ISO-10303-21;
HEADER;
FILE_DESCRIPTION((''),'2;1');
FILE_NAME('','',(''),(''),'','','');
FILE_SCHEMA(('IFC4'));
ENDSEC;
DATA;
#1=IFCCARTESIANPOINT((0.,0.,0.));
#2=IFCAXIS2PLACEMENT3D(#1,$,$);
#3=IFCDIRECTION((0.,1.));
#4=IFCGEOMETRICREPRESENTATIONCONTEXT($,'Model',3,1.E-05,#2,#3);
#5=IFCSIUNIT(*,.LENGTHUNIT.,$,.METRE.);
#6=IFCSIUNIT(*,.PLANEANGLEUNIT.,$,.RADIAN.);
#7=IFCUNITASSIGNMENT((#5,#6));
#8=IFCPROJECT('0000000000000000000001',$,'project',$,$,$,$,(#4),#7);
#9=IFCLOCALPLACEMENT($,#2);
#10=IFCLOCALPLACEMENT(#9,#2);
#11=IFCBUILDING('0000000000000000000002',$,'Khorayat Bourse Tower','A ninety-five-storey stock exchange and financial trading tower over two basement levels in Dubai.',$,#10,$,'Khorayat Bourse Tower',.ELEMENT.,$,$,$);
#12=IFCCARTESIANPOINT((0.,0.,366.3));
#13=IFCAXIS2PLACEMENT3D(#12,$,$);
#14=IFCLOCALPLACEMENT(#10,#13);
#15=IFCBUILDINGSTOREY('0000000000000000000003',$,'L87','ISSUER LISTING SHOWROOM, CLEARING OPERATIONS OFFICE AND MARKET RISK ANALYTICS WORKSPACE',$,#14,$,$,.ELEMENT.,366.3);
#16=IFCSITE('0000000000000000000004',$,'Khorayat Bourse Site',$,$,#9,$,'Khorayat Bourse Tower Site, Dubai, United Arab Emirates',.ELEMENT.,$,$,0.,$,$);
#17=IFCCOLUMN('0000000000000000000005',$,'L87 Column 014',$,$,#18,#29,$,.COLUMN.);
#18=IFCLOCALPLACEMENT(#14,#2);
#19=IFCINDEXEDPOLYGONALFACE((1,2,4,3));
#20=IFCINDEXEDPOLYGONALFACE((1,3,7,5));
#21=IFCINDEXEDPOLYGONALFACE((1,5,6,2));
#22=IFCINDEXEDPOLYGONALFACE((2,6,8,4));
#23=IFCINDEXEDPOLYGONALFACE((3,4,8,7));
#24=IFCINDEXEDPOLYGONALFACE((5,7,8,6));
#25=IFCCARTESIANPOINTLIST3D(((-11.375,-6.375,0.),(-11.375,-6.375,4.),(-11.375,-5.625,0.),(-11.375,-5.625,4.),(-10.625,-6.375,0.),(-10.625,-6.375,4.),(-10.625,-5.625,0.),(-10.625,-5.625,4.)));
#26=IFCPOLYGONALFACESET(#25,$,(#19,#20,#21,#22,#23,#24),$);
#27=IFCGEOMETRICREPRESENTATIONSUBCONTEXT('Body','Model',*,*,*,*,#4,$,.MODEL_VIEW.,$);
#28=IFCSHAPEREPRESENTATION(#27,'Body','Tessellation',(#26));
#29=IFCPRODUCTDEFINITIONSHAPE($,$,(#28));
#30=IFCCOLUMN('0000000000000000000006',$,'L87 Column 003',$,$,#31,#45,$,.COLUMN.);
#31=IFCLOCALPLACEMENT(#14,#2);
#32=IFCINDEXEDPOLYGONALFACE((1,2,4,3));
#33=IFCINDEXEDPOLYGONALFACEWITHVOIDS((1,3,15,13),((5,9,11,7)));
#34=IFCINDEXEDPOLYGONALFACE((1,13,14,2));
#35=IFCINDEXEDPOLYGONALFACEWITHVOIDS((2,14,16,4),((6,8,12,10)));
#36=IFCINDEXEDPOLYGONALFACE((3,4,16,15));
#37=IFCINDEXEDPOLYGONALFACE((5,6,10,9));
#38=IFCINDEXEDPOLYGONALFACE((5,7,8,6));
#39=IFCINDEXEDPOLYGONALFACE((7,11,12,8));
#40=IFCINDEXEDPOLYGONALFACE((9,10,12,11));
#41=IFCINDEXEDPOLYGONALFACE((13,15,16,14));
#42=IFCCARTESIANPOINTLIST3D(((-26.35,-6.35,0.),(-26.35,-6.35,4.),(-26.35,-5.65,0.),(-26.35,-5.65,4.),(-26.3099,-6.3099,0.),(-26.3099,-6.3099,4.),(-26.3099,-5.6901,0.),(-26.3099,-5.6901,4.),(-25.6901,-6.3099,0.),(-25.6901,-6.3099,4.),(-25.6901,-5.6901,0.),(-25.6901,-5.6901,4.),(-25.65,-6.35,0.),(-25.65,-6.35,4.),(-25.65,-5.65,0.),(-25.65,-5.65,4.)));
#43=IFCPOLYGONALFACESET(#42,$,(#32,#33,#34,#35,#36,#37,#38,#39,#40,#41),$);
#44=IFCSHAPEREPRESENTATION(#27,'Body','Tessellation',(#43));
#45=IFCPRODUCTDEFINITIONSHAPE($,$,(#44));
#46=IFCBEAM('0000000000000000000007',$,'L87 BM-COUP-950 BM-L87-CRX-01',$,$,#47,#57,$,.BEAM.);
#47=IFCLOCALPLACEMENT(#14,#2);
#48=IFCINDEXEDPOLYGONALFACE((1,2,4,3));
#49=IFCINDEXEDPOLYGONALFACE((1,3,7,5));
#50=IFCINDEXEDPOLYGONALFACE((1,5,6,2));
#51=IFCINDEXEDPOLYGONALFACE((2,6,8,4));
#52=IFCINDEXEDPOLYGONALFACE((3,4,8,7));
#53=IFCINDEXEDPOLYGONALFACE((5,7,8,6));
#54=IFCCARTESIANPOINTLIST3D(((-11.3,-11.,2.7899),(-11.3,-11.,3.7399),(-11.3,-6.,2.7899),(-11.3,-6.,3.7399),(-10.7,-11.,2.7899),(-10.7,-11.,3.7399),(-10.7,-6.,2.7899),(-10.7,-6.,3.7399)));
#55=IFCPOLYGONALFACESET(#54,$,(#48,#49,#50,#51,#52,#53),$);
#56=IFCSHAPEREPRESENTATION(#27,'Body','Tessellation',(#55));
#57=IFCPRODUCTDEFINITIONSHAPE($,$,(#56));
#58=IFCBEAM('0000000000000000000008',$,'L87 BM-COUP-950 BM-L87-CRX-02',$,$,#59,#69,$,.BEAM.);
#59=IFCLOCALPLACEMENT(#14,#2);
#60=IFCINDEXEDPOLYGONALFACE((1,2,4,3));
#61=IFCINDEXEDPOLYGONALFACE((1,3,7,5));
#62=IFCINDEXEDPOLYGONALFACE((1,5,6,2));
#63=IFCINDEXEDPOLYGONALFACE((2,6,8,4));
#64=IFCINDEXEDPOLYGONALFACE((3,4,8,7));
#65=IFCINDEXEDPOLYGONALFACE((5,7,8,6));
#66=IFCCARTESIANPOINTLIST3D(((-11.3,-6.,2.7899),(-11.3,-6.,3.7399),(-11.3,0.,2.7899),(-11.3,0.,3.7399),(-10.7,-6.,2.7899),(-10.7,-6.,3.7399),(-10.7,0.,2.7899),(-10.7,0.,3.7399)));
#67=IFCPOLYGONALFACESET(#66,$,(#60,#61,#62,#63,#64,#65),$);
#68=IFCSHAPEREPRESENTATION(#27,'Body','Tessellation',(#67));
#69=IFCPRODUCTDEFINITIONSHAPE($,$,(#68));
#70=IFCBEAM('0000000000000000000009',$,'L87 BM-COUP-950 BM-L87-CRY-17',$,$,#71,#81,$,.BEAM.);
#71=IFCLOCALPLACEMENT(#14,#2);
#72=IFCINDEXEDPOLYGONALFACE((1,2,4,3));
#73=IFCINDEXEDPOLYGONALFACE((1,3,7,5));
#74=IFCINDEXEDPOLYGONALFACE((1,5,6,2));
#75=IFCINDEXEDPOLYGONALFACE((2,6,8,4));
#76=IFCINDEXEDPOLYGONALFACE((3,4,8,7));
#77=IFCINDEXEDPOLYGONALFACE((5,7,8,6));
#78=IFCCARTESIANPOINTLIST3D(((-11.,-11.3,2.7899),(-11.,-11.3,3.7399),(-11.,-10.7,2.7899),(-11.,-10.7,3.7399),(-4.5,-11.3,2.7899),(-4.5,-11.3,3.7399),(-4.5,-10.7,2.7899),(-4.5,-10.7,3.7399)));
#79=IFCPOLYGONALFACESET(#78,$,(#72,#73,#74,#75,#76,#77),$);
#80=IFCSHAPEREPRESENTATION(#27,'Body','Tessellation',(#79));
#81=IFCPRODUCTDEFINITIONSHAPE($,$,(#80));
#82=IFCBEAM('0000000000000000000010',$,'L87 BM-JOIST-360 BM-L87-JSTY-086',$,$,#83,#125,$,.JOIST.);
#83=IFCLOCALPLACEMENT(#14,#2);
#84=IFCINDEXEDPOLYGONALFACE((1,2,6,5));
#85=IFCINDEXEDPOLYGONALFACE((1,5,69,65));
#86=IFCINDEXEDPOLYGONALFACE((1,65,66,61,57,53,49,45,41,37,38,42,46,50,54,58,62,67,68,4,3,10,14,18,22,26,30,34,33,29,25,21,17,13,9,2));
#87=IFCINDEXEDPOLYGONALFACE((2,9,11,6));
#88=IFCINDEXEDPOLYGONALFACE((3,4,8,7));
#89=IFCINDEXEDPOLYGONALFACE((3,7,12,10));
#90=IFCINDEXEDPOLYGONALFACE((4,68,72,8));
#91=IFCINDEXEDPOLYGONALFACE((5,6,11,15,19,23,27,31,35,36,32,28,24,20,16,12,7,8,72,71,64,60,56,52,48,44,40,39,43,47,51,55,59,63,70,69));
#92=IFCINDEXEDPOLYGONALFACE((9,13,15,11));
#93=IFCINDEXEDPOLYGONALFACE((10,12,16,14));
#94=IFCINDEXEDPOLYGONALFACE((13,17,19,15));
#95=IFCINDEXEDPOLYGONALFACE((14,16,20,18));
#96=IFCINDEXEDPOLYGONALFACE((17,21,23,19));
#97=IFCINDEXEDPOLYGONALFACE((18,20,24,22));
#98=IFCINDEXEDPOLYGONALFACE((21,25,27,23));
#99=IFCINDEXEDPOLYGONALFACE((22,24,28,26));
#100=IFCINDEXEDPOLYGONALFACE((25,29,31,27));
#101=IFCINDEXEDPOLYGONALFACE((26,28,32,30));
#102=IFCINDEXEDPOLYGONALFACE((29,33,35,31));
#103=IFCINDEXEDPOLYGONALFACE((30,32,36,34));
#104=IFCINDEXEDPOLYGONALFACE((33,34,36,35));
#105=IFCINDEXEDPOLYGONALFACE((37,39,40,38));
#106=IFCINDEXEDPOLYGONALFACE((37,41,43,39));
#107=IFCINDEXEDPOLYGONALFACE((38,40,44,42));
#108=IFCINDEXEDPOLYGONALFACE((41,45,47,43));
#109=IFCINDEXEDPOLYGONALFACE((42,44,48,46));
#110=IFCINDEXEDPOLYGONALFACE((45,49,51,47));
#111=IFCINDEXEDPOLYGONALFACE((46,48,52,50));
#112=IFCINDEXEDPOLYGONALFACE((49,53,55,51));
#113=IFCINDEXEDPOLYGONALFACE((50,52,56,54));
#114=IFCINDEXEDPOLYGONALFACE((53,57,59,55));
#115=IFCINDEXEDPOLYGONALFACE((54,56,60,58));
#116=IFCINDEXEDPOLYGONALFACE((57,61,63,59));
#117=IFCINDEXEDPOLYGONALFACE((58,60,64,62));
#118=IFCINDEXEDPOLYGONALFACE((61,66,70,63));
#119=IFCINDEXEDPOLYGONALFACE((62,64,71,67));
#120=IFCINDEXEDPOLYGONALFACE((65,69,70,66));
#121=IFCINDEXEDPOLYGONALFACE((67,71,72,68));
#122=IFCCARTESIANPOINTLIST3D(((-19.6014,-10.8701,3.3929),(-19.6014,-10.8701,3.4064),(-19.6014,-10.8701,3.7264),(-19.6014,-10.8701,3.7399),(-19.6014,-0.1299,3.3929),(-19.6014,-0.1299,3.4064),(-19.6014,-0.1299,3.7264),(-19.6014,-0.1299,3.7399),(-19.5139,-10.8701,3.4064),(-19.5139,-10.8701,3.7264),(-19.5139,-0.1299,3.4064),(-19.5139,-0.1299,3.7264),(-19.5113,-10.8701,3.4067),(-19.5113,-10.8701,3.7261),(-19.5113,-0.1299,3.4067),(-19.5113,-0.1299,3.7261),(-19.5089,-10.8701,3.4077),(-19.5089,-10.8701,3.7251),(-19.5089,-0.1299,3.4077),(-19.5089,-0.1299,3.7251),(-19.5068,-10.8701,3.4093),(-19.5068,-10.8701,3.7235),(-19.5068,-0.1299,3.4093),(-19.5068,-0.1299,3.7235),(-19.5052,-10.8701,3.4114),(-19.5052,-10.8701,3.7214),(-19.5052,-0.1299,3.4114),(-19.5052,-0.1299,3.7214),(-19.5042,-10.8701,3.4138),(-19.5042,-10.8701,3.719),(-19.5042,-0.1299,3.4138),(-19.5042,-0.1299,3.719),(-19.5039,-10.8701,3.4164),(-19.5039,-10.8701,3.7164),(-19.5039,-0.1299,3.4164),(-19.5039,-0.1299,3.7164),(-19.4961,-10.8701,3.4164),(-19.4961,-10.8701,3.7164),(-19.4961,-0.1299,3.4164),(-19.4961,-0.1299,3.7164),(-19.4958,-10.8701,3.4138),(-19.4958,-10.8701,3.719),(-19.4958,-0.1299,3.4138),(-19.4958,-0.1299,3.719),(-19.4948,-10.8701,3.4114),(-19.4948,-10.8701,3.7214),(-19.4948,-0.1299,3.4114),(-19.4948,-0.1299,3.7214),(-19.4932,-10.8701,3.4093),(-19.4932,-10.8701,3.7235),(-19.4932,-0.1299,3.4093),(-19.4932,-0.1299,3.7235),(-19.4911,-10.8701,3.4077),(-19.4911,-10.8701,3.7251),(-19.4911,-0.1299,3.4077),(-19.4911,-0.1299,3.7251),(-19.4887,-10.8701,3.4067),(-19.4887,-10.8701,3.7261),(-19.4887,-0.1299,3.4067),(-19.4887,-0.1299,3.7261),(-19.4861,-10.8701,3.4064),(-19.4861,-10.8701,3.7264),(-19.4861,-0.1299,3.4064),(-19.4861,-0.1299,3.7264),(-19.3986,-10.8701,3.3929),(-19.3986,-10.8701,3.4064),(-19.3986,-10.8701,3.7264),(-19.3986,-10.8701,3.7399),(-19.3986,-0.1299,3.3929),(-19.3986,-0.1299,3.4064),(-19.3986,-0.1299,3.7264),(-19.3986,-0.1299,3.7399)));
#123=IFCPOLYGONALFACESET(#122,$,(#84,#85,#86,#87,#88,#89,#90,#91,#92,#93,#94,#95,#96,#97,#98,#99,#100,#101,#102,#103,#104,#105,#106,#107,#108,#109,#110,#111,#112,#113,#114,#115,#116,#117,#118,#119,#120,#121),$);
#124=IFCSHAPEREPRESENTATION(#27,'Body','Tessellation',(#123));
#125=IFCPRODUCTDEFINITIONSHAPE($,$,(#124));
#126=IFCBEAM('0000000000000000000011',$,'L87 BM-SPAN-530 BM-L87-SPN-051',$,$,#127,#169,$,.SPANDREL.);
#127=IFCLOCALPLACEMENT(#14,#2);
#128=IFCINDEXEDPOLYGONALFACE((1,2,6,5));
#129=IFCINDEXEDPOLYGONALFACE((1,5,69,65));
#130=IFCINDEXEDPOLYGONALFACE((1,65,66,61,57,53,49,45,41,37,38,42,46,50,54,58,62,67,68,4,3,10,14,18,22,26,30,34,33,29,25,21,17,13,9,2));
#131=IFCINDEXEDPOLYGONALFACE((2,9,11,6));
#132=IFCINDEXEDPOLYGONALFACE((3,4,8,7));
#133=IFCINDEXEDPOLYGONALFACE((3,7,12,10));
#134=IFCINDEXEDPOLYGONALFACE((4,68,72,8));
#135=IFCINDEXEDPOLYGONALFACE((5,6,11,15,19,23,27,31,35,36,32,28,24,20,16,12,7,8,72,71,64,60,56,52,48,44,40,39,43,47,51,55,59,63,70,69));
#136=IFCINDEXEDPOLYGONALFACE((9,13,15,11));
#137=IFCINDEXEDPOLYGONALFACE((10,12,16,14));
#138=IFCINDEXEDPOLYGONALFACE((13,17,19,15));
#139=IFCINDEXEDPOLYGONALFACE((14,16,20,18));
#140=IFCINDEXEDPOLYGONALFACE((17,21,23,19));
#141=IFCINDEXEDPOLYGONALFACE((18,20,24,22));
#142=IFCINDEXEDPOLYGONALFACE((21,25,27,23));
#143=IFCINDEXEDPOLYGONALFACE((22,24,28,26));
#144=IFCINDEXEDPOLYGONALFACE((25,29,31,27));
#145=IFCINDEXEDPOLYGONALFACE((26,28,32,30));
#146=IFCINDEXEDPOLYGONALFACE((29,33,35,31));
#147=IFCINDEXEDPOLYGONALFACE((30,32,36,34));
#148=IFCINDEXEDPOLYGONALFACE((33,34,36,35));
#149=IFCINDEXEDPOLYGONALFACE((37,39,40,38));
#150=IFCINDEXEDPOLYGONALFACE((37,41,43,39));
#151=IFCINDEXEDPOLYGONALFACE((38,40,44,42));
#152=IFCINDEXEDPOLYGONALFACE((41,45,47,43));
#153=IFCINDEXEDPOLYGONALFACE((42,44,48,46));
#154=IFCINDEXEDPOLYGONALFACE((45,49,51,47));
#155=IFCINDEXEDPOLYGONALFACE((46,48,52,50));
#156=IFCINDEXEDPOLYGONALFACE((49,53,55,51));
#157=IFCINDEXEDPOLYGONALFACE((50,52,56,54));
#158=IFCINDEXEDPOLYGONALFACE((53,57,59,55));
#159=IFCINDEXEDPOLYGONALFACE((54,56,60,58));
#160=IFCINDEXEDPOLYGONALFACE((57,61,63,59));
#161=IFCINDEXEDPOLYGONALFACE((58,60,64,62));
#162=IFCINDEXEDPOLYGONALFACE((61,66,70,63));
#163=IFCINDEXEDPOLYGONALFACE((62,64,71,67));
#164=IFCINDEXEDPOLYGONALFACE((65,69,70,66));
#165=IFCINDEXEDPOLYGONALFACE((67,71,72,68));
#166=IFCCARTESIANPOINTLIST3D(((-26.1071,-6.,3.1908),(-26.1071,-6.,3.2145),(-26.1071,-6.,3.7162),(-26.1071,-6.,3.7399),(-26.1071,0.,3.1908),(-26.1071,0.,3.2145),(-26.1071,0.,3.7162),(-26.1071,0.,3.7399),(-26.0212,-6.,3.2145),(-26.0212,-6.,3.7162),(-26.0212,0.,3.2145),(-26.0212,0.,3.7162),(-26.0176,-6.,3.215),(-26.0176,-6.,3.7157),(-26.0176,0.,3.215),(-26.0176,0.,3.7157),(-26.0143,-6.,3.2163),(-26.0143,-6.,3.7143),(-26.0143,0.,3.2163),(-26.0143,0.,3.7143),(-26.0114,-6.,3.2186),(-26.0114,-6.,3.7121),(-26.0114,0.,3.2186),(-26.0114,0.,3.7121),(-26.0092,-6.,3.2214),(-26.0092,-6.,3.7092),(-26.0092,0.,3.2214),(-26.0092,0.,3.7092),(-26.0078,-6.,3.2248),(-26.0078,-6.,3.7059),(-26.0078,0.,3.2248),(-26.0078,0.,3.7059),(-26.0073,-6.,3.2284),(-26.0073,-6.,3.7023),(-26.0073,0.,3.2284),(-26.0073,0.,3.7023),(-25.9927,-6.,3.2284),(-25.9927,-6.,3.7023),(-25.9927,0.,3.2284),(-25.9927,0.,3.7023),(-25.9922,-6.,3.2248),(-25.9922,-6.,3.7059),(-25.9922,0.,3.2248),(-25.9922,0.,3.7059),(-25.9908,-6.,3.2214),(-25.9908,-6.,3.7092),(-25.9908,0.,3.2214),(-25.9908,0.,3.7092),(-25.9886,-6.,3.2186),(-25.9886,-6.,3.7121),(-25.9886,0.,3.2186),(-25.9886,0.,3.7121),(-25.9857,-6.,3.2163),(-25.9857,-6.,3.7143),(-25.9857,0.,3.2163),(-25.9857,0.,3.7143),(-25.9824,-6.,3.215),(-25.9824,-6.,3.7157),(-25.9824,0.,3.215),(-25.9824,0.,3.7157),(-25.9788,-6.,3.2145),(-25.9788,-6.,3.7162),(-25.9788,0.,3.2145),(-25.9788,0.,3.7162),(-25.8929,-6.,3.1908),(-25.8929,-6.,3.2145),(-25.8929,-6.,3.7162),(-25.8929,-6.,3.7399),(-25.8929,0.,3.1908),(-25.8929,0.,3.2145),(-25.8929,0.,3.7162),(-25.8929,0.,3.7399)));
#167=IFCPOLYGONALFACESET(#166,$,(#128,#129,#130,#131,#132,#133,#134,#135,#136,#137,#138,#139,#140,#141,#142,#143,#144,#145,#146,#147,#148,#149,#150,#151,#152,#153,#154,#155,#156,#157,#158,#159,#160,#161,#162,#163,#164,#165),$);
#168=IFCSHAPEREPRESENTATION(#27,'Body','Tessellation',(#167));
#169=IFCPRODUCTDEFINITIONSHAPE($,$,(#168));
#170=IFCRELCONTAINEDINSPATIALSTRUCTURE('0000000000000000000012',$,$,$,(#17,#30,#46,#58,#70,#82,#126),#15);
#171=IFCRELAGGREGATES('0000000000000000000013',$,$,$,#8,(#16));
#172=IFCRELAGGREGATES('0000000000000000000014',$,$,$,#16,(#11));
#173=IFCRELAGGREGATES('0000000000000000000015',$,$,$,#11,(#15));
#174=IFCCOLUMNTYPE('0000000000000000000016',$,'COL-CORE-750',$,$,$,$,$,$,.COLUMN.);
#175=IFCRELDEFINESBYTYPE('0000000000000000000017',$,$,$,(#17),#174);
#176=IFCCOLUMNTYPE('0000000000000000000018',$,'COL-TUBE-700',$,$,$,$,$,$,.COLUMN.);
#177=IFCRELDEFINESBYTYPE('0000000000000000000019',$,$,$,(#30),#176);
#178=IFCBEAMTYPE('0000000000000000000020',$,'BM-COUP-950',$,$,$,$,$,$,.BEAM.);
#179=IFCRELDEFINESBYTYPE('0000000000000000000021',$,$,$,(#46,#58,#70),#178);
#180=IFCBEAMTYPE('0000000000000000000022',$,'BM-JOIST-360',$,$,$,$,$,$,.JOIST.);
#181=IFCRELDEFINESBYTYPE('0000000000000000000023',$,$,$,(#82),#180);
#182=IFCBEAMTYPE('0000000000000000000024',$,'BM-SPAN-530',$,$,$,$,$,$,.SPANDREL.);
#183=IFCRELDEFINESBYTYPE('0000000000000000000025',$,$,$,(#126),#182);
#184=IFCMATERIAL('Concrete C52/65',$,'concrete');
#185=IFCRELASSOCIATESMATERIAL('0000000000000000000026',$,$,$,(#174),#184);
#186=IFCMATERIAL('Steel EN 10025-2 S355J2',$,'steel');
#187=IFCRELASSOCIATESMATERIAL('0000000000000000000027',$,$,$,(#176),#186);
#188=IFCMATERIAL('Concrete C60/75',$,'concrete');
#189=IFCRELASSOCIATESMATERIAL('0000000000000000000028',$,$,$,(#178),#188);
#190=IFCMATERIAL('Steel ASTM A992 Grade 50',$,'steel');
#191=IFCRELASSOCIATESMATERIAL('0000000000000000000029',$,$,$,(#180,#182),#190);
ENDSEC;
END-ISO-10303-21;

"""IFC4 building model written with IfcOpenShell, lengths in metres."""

from ifc_helpers import new_model, si_unit, direction, frame, origin, origin_2d, place, context, subcontext, project, spatial, rectangle, hollow_rectangle, i_section, extrude, source, transform, mapped, material, material_profile, profile_set, type_object, element, save


model = new_model("IFC4")

# Units and contexts
model_context = context("Model", 3, precision=1e-05, world=origin(), true_north=direction((0.0, 1.0)))
body_context = subcontext(model_context, "Body", "Model", "MODEL_VIEW")
ifc_project = project(units=[si_unit("LENGTHUNIT", "METRE"), si_unit("PLANEANGLEUNIT", "RADIAN")], contexts=[model_context])

# Site, building, storey
site_placement = place(None, origin())
site = spatial("IfcSite", under=ifc_project, at=site_placement, Name="Khorayat Bourse Site", LongName="Khorayat Bourse Tower Site, Dubai, United Arab Emirates", CompositionType="ELEMENT", RefElevation=0.0)
building_placement = place(site_placement, origin())
building = spatial("IfcBuilding", under=site, at=building_placement, Name="Khorayat Bourse Tower", Description="A ninety-five-storey stock exchange and financial trading tower over two basement levels in Dubai.", LongName="Khorayat Bourse Tower", CompositionType="ELEMENT")
storey_placement = place(building_placement, frame((0.0, 0.0, 366.3)))
storey = spatial("IfcBuildingStorey", under=building, at=storey_placement, Name="L87", Description="ISSUER LISTING SHOWROOM, CLEARING OPERATIONS OFFICE AND MARKET RISK ANALYTICS WORKSPACE", CompositionType="ELEMENT", Elevation=366.3)

# Columns
ifc_material_1 = material(Name="Concrete C52/65", Category="concrete")
ifc_material_profile_1 = material_profile(ifc_material_1, rectangle(XDim=0.75, YDim=0.75, at=origin_2d()), Name="RC 750x750")
ifc_profile_set_1 = profile_set([ifc_material_profile_1], Name="Concrete C52/65")
column_type_1 = type_object("IfcColumnType", Name="COL-CORE-750", PredefinedType="COLUMN", material=ifc_profile_set_1)
shared_shape_1 = source(origin(), body_context, "Body", "SweptSolid", [
    extrude(rectangle(XDim=0.75, YDim=0.75, at=origin_2d()), origin(), (0.0, 0.0, 1.0), 4.0),
])
column_1_placement = place(storey_placement, frame((-11.0, -6.0, 0.0), z_axis=(0.0, 0.0, 1.0), x_axis=(1.0, 0.0, 0.0)))
element("IfcColumn", 1, at=column_1_placement, inside=storey, type_object=column_type_1, Name="L87 Column 014", PredefinedType="COLUMN", context=body_context, shape_type="MappedRepresentation", body=[
    mapped(shared_shape_1, transform((0.0, 0.0, 0.0), scale=1.0)),
])
ifc_material_2 = material(Name="Steel EN 10025-2 S355J2", Category="steel")
ifc_material_profile_2 = material_profile(ifc_material_2, hollow_rectangle(XDim=0.7, YDim=0.7, WallThickness=0.04, at=origin_2d()), Name="BOX 700x700x40")
ifc_profile_set_2 = profile_set([ifc_material_profile_2], Name="Steel EN 10025-2 S355J2")
column_type_2 = type_object("IfcColumnType", Name="COL-TUBE-700", PredefinedType="COLUMN", material=ifc_profile_set_2)
shared_shape_2 = source(origin(), body_context, "Body", "SweptSolid", [
    extrude(hollow_rectangle(XDim=0.7, YDim=0.7, WallThickness=0.04, at=origin_2d()), origin(), (0.0, 0.0, 1.0), 4.0),
])
column_2_placement = place(storey_placement, frame((-26.0, -6.0, 0.0), z_axis=(0.0, 0.0, 1.0), x_axis=(1.0, 0.0, 0.0)))
element("IfcColumn", 2, at=column_2_placement, inside=storey, type_object=column_type_2, Name="L87 Column 003", PredefinedType="COLUMN", context=body_context, shape_type="MappedRepresentation", body=[
    mapped(shared_shape_2, transform((0.0, 0.0, 0.0), scale=1.0)),
])

# Beams
ifc_material_3 = material(Name="Concrete C60/75", Category="concrete")
ifc_material_profile_3 = material_profile(ifc_material_3, rectangle(XDim=0.6001, YDim=0.95, at=origin_2d()), Name="RC 600x950")
ifc_profile_set_3 = profile_set([ifc_material_profile_3], Name="Concrete C60/75")
beam_type_1 = type_object("IfcBeamType", Name="BM-COUP-950", PredefinedType="BEAM", material=ifc_profile_set_3)
shared_shape_3 = source(origin(), body_context, "Body", "SweptSolid", [
    extrude(rectangle(XDim=0.6001, YDim=0.95, at=origin_2d()), origin(), (0.0, 0.0, 1.0), 5.0),
])
beam_1_placement = place(storey_placement, frame((-11.0, -11.0, 3.2649), z_axis=(0.0, 1.0, 0.0), x_axis=(-1.0, 0.0, 0.0)))
element("IfcBeam", 3, at=beam_1_placement, inside=storey, type_object=beam_type_1, Name="L87 BM-COUP-950 BM-L87-CRX-01", PredefinedType="BEAM", context=body_context, shape_type="MappedRepresentation", body=[
    mapped(shared_shape_3, transform((0.0, 0.0, 0.0), scale=1.0)),
])
shared_shape_4 = source(origin(), body_context, "Body", "SweptSolid", [
    extrude(rectangle(XDim=0.6001, YDim=0.95, at=origin_2d()), origin(), (0.0, 0.0, 1.0), 6.0),
])
beam_2_placement = place(storey_placement, frame((-11.0, -6.0, 3.2649), z_axis=(0.0, 1.0, 0.0), x_axis=(-1.0, 0.0, 0.0)))
element("IfcBeam", 4, at=beam_2_placement, inside=storey, type_object=beam_type_1, Name="L87 BM-COUP-950 BM-L87-CRX-02", PredefinedType="BEAM", context=body_context, shape_type="MappedRepresentation", body=[
    mapped(shared_shape_4, transform((0.0, 0.0, 0.0), scale=1.0)),
])
shared_shape_5 = source(origin(), body_context, "Body", "SweptSolid", [
    extrude(rectangle(XDim=0.6001, YDim=0.95, at=origin_2d()), origin(), (0.0, 0.0, 1.0), 6.5),
])
beam_3_placement = place(storey_placement, frame((-11.0, -11.0, 3.2649), z_axis=(1.0, 0.0, 0.0), x_axis=(0.0, 1.0, 0.0)))
element("IfcBeam", 5, at=beam_3_placement, inside=storey, type_object=beam_type_1, Name="L87 BM-COUP-950 BM-L87-CRY-17", PredefinedType="BEAM", context=body_context, shape_type="MappedRepresentation", body=[
    mapped(shared_shape_5, transform((0.0, 0.0, 0.0), scale=1.0)),
])
ifc_material_4 = material(Name="Steel ASTM A992 Grade 50", Category="steel")
ifc_material_profile_4 = material_profile(ifc_material_4, i_section(OverallWidth=0.2029, OverallDepth=0.3469, WebThickness=0.0078, FlangeThickness=0.0134, FilletRadius=0.01, at=origin_2d()), Name="W360X64")
ifc_profile_set_4 = profile_set([ifc_material_profile_4], Name="Steel ASTM A992 Grade 50")
beam_type_2 = type_object("IfcBeamType", Name="BM-JOIST-360", PredefinedType="JOIST", material=ifc_profile_set_4)
shared_shape_6 = source(origin(), body_context, "Body", "SweptSolid", [
    extrude(i_section(OverallWidth=0.2029, OverallDepth=0.3469, WebThickness=0.0078, FlangeThickness=0.0134, FilletRadius=0.01, at=origin_2d()), origin(), (0.0, 0.0, 1.0), 10.7402),
])
beam_4_placement = place(storey_placement, frame((-19.5, -10.8701, 3.5664), z_axis=(0.0, 1.0, 0.0), x_axis=(-1.0, 0.0, 0.0)))
element("IfcBeam", 6, at=beam_4_placement, inside=storey, type_object=beam_type_2, Name="L87 BM-JOIST-360 BM-L87-JSTY-086", PredefinedType="JOIST", context=body_context, shape_type="MappedRepresentation", body=[
    mapped(shared_shape_6, transform((0.0, 0.0, 0.0), scale=1.0)),
])
ifc_material_profile_5 = material_profile(ifc_material_4, i_section(OverallWidth=0.2141, OverallDepth=0.5491, WebThickness=0.0146, FlangeThickness=0.0237, FilletRadius=0.0139, at=origin_2d()), Name="W530X138")
ifc_profile_set_5 = profile_set([ifc_material_profile_5], Name="Steel ASTM A992 Grade 50")
beam_type_3 = type_object("IfcBeamType", Name="BM-SPAN-530", PredefinedType="SPANDREL", material=ifc_profile_set_5)
shared_shape_7 = source(origin(), body_context, "Body", "SweptSolid", [
    extrude(i_section(OverallWidth=0.2141, OverallDepth=0.5491, WebThickness=0.0146, FlangeThickness=0.0237, FilletRadius=0.0139, at=origin_2d()), origin(), (0.0, 0.0, 1.0), 6.0),
])
beam_5_placement = place(storey_placement, frame((-26.0, -6.0, 3.4653), z_axis=(0.0, 1.0, 0.0), x_axis=(-1.0, 0.0, 0.0)))
element("IfcBeam", 7, at=beam_5_placement, inside=storey, type_object=beam_type_3, Name="L87 BM-SPAN-530 BM-L87-SPN-051", PredefinedType="SPANDREL", context=body_context, shape_type="MappedRepresentation", body=[
    mapped(shared_shape_7, transform((0.0, 0.0, 0.0), scale=1.0)),
])

save(model, "model.ifc")
